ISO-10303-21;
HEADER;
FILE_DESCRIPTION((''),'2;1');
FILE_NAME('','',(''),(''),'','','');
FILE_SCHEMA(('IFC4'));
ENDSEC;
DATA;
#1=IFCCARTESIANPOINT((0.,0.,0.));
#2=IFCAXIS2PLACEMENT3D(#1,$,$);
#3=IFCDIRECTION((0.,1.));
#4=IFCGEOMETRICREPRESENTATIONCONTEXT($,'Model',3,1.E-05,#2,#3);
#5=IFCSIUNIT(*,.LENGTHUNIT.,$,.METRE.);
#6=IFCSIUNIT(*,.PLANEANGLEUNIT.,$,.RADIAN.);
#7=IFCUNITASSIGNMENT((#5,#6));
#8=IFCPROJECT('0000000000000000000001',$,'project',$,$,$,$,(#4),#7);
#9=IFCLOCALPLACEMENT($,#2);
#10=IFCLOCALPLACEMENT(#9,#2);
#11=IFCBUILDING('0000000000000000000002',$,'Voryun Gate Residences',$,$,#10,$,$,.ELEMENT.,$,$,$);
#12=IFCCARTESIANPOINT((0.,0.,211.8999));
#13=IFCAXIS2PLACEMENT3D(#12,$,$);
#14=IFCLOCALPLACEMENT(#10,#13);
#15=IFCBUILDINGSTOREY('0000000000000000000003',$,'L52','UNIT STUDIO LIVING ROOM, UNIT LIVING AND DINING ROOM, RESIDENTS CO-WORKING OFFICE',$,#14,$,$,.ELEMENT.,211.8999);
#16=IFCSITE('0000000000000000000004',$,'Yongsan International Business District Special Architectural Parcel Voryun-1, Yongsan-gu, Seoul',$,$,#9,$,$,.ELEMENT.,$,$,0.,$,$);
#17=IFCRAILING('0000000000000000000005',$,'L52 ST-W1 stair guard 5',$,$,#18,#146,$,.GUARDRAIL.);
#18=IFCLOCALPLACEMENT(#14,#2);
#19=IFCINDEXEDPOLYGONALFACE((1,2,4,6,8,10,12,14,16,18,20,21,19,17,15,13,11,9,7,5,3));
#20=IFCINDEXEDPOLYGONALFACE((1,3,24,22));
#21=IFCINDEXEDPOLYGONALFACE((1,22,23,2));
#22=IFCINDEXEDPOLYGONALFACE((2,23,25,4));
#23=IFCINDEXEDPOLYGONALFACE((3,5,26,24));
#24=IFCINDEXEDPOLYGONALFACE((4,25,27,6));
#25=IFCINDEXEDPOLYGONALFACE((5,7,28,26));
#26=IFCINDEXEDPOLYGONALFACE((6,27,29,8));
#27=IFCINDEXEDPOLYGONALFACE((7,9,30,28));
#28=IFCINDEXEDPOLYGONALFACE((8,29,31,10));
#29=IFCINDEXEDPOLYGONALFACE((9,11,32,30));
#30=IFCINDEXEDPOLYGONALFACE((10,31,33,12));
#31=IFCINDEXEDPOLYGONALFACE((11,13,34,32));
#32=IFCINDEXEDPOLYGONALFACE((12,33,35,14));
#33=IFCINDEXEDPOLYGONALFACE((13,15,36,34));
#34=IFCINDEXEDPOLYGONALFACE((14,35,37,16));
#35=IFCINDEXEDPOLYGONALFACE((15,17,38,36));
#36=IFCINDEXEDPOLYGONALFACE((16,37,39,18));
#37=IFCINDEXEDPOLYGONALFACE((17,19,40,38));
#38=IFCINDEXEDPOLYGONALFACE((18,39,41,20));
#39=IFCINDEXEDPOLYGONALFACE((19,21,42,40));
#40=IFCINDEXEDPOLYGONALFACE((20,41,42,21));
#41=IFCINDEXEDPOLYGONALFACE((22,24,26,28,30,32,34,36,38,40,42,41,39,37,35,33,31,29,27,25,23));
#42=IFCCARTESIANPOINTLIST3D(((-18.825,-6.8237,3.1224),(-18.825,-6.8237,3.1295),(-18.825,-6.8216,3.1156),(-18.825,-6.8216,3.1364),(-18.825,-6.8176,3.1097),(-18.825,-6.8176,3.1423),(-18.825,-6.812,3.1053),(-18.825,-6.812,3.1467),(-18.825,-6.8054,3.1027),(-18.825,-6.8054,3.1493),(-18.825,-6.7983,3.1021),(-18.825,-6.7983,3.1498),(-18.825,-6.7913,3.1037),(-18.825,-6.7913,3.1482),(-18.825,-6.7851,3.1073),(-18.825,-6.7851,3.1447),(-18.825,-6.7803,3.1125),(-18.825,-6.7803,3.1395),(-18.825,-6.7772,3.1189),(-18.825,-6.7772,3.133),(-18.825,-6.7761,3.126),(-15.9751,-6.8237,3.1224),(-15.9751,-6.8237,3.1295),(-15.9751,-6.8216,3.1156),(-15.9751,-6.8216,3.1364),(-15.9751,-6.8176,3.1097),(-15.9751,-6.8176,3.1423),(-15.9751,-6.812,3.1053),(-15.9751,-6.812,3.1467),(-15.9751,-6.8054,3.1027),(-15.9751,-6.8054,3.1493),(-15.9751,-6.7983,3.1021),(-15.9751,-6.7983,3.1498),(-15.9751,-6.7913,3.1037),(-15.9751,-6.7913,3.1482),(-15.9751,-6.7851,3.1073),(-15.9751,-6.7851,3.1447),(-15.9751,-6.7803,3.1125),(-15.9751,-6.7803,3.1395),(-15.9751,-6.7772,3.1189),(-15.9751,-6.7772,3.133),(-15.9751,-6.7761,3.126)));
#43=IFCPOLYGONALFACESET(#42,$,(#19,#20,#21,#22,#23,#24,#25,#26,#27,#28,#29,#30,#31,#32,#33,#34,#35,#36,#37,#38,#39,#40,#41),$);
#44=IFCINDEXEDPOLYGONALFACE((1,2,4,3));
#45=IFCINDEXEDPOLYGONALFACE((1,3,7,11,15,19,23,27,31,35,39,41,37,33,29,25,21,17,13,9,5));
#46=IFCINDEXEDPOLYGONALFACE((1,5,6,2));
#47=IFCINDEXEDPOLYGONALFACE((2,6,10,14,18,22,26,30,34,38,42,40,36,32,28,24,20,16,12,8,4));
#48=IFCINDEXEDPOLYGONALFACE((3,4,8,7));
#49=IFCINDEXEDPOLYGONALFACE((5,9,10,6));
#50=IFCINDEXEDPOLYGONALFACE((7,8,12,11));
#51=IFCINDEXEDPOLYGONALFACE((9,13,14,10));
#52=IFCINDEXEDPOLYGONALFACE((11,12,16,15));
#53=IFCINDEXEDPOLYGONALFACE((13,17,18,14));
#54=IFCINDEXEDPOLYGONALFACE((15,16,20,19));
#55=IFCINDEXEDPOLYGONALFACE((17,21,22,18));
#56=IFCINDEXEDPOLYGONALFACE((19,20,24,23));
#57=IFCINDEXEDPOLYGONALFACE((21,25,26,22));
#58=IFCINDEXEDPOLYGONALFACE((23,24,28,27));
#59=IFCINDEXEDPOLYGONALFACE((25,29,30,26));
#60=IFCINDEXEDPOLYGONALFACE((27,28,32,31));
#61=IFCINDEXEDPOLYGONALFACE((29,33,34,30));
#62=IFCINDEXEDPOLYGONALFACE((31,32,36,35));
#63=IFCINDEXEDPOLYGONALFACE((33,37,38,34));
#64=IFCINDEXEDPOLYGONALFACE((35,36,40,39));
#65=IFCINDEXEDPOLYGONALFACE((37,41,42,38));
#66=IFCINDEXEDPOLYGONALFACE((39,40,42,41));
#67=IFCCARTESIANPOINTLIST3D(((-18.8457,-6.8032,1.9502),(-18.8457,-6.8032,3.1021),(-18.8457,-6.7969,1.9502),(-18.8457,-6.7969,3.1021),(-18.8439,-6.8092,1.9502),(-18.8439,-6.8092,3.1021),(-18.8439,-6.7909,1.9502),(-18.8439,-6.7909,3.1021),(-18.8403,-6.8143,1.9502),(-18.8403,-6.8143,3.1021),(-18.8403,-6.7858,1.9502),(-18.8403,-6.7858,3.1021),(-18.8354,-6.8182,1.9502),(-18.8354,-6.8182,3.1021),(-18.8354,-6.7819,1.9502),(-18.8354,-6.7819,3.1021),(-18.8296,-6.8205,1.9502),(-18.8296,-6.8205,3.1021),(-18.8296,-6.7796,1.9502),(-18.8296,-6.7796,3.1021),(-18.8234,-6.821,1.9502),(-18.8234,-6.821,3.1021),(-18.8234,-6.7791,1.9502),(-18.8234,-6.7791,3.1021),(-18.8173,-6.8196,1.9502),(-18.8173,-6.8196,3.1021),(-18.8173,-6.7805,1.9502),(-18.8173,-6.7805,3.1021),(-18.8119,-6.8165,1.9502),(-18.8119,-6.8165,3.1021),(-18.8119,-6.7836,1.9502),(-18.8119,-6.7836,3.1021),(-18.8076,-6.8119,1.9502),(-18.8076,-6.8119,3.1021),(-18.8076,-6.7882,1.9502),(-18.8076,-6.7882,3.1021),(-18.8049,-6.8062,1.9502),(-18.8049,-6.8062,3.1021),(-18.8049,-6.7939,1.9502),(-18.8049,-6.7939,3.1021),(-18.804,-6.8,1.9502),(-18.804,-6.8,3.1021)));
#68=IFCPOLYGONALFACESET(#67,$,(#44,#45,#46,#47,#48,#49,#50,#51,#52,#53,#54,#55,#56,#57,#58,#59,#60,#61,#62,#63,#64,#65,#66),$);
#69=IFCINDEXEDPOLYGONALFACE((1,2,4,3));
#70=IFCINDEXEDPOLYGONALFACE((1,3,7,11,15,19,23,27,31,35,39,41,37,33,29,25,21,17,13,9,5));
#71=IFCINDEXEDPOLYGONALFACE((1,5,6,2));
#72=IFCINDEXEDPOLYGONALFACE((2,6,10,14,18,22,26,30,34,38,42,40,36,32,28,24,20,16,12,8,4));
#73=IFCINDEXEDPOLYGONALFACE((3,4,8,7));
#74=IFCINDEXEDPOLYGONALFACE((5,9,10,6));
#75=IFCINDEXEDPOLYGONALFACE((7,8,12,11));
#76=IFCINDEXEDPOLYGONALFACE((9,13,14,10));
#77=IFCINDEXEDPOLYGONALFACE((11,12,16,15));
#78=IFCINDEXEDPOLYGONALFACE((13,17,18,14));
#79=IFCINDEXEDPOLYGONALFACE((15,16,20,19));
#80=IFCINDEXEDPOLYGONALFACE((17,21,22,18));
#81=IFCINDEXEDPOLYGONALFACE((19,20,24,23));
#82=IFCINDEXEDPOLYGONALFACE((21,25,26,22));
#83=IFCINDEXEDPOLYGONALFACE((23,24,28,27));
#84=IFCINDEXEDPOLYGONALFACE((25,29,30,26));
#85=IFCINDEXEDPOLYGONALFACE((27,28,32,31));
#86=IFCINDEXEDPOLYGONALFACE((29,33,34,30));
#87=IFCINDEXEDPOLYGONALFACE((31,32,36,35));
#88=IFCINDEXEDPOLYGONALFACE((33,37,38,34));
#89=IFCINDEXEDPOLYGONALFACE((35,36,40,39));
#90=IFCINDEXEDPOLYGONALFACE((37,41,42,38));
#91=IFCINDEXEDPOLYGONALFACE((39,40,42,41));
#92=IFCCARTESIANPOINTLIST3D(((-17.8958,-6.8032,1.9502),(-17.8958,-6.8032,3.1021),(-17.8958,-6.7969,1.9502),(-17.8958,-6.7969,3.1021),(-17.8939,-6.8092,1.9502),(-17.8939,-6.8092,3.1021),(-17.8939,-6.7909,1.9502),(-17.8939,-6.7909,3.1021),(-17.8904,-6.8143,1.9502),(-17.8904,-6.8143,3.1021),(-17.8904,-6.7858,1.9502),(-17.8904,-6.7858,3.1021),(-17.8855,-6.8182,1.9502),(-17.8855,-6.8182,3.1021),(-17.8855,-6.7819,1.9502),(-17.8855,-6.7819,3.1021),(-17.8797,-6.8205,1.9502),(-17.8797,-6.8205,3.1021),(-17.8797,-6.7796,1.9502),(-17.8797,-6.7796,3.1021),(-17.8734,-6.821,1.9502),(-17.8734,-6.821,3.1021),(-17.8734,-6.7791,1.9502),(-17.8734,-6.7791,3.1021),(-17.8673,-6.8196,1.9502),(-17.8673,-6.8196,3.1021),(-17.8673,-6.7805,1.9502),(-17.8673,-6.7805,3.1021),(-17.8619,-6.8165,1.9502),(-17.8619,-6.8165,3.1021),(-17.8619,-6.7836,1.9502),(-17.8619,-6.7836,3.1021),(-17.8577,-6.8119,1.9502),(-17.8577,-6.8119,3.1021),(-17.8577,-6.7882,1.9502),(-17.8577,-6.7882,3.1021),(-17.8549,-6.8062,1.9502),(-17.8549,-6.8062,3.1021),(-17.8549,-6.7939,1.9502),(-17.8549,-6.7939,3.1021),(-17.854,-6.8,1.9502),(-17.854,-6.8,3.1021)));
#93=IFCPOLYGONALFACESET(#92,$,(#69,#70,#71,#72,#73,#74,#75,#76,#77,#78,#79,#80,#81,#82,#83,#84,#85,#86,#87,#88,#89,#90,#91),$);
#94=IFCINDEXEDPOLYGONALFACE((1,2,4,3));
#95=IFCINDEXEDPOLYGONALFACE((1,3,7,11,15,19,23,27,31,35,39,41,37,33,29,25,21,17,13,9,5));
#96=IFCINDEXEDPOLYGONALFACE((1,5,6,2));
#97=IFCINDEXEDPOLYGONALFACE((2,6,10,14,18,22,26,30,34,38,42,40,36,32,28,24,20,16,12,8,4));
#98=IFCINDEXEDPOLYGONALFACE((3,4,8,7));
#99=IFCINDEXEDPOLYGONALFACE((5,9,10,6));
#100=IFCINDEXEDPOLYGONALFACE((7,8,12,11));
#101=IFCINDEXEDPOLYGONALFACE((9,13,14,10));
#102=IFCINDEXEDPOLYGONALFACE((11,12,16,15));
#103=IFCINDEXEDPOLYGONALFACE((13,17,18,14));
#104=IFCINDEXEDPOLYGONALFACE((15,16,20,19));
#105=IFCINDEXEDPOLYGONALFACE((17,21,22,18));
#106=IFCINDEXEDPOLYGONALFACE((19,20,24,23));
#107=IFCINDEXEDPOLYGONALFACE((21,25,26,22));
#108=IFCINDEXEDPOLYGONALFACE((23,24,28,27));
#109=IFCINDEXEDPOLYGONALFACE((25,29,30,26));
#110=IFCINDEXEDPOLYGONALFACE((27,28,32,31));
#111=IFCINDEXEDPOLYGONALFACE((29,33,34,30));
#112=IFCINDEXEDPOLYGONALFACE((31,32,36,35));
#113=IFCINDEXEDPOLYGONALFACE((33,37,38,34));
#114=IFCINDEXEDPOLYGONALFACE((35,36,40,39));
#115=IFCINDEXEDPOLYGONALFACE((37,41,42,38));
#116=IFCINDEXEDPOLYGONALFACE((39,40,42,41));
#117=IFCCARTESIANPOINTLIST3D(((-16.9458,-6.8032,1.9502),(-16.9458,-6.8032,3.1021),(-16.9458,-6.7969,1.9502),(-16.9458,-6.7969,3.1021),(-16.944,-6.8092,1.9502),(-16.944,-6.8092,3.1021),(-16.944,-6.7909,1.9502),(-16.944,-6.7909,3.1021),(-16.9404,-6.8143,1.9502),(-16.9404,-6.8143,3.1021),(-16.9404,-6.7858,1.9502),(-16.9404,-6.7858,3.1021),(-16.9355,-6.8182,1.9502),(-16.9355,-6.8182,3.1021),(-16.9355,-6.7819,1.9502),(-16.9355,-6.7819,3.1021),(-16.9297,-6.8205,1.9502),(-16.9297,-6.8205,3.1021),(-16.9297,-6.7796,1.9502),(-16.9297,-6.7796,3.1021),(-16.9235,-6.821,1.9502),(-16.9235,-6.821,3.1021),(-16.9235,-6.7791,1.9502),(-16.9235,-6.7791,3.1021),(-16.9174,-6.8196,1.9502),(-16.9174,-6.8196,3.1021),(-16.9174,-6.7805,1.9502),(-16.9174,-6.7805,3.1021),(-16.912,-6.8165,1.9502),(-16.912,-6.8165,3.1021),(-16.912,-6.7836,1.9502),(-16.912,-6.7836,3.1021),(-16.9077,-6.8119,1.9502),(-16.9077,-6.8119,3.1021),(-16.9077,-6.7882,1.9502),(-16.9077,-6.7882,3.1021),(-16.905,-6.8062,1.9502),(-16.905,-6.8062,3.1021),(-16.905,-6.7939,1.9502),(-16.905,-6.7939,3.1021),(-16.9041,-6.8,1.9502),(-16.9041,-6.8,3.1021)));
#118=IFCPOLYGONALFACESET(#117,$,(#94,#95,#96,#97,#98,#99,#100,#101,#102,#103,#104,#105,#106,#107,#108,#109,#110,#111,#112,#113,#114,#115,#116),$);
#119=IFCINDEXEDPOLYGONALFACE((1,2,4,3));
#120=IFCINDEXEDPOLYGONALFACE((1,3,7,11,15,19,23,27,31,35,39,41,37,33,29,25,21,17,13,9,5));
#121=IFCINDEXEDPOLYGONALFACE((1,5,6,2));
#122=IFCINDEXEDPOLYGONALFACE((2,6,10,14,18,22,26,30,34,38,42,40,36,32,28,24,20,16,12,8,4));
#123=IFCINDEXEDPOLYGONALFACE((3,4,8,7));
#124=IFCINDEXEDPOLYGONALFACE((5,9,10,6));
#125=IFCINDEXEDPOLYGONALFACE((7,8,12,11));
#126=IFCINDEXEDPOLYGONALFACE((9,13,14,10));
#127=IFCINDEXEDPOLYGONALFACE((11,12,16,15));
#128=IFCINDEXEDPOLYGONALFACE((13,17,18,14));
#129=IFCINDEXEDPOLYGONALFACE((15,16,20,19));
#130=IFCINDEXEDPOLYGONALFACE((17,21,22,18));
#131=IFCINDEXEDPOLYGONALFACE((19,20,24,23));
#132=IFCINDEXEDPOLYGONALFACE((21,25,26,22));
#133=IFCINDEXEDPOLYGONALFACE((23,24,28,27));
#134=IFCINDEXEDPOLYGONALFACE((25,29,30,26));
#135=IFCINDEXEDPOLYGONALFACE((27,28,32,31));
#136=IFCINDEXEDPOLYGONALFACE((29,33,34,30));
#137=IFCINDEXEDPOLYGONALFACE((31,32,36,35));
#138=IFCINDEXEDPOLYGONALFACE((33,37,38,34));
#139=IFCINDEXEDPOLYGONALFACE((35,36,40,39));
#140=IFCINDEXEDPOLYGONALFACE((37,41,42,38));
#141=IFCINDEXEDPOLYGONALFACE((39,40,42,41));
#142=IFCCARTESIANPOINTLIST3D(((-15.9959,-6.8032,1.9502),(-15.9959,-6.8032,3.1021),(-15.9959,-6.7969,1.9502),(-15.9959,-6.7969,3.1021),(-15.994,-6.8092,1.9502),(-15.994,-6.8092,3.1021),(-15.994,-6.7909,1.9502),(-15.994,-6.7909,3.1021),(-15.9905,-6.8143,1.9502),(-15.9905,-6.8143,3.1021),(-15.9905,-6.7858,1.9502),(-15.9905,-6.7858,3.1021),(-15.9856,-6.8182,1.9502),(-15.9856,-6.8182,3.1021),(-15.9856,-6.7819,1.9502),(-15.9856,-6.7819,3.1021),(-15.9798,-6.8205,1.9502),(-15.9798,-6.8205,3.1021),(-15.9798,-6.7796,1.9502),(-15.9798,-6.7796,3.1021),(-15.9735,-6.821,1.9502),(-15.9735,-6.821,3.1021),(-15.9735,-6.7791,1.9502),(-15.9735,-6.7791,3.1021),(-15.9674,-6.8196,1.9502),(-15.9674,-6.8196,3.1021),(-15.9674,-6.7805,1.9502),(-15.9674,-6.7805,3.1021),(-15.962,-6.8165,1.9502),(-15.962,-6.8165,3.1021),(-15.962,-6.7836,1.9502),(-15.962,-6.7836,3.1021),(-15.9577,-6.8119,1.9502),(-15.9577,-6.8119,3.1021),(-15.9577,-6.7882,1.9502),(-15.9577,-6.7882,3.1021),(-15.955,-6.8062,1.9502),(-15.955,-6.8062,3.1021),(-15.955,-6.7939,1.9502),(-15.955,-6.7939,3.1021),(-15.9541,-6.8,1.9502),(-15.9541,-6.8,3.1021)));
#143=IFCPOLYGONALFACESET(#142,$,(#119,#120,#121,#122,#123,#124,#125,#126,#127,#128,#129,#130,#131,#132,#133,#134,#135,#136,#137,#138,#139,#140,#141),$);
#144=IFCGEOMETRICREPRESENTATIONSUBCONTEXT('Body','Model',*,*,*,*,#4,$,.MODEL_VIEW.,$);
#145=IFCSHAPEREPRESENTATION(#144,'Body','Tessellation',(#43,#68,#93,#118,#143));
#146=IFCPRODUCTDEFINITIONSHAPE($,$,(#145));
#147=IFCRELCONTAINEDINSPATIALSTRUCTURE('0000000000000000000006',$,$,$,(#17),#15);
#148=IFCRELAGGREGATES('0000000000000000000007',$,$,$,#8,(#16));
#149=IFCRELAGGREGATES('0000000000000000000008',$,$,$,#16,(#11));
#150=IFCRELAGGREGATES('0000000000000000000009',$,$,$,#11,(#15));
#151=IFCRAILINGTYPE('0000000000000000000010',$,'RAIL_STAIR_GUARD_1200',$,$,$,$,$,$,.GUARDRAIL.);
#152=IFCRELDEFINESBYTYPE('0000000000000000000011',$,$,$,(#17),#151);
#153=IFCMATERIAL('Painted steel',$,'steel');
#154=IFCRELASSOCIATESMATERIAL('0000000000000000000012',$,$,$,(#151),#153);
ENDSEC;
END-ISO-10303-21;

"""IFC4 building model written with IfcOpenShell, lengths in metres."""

from ifc_helpers import new_model, si_unit, direction, frame, origin, origin_2d, place, context, subcontext, project, spatial, circle, extrude, material, type_object, element, save


model = new_model("IFC4")

# Units and contexts
model_context = context("Model", 3, precision=1e-05, world=origin(), true_north=direction((0.0, 1.0)))
body_context = subcontext(model_context, "Body", "Model", "MODEL_VIEW")
ifc_project = project(units=[si_unit("LENGTHUNIT", "METRE"), si_unit("PLANEANGLEUNIT", "RADIAN")], contexts=[model_context])

# Site, building, storey
site_placement = place(None, origin())
site = spatial("IfcSite", under=ifc_project, at=site_placement, Name="Yongsan International Business District Special Architectural Parcel Voryun-1, Yongsan-gu, Seoul", CompositionType="ELEMENT", RefElevation=0.0)
building_placement = place(site_placement, origin())
building = spatial("IfcBuilding", under=site, at=building_placement, Name="Voryun Gate Residences", CompositionType="ELEMENT")
storey_placement = place(building_placement, frame((0.0, 0.0, 211.8999)))
storey = spatial("IfcBuildingStorey", under=building, at=storey_placement, Name="L52", Description="UNIT STUDIO LIVING ROOM, UNIT LIVING AND DINING ROOM, RESIDENTS CO-WORKING OFFICE", CompositionType="ELEMENT", Elevation=211.8999)

# Railing
ifc_material_1 = material(Name="Painted steel", Category="steel")
railing_type_1 = type_object("IfcRailingType", Name="RAIL_STAIR_GUARD_1200", PredefinedType="GUARDRAIL", material=ifc_material_1)
railing_1_placement = place(storey_placement, frame((-18.825, -6.8, 1.9502)))
element("IfcRailing", 1, at=railing_1_placement, inside=storey, type_object=railing_type_1, Name="L52 ST-W1 stair guard 5", PredefinedType="GUARDRAIL", context=body_context, shape_type="SweptSolid", body=[
    extrude(circle(Radius=0.0239, at=origin_2d()), frame((0.0, 0.0, 1.1758), z_axis=(1.0, 0.0, 0.0), x_axis=(0.0, 1.0, 0.0)), (0.0, 0.0, 1.0), 2.8499),
    extrude(circle(Radius=0.021, at=origin_2d()), origin(), (0.0, 0.0, 1.0), 1.1519),
    extrude(circle(Radius=0.021, at=origin_2d()), frame((0.95, 0.0, 0.0)), (0.0, 0.0, 1.0), 1.1519),
    extrude(circle(Radius=0.021, at=origin_2d()), frame((1.8999, 0.0, 0.0)), (0.0, 0.0, 1.0), 1.1519),
    extrude(circle(Radius=0.021, at=origin_2d()), frame((2.8499, 0.0, 0.0)), (0.0, 0.0, 1.0), 1.1519),
])

save(model, "model.ifc")
